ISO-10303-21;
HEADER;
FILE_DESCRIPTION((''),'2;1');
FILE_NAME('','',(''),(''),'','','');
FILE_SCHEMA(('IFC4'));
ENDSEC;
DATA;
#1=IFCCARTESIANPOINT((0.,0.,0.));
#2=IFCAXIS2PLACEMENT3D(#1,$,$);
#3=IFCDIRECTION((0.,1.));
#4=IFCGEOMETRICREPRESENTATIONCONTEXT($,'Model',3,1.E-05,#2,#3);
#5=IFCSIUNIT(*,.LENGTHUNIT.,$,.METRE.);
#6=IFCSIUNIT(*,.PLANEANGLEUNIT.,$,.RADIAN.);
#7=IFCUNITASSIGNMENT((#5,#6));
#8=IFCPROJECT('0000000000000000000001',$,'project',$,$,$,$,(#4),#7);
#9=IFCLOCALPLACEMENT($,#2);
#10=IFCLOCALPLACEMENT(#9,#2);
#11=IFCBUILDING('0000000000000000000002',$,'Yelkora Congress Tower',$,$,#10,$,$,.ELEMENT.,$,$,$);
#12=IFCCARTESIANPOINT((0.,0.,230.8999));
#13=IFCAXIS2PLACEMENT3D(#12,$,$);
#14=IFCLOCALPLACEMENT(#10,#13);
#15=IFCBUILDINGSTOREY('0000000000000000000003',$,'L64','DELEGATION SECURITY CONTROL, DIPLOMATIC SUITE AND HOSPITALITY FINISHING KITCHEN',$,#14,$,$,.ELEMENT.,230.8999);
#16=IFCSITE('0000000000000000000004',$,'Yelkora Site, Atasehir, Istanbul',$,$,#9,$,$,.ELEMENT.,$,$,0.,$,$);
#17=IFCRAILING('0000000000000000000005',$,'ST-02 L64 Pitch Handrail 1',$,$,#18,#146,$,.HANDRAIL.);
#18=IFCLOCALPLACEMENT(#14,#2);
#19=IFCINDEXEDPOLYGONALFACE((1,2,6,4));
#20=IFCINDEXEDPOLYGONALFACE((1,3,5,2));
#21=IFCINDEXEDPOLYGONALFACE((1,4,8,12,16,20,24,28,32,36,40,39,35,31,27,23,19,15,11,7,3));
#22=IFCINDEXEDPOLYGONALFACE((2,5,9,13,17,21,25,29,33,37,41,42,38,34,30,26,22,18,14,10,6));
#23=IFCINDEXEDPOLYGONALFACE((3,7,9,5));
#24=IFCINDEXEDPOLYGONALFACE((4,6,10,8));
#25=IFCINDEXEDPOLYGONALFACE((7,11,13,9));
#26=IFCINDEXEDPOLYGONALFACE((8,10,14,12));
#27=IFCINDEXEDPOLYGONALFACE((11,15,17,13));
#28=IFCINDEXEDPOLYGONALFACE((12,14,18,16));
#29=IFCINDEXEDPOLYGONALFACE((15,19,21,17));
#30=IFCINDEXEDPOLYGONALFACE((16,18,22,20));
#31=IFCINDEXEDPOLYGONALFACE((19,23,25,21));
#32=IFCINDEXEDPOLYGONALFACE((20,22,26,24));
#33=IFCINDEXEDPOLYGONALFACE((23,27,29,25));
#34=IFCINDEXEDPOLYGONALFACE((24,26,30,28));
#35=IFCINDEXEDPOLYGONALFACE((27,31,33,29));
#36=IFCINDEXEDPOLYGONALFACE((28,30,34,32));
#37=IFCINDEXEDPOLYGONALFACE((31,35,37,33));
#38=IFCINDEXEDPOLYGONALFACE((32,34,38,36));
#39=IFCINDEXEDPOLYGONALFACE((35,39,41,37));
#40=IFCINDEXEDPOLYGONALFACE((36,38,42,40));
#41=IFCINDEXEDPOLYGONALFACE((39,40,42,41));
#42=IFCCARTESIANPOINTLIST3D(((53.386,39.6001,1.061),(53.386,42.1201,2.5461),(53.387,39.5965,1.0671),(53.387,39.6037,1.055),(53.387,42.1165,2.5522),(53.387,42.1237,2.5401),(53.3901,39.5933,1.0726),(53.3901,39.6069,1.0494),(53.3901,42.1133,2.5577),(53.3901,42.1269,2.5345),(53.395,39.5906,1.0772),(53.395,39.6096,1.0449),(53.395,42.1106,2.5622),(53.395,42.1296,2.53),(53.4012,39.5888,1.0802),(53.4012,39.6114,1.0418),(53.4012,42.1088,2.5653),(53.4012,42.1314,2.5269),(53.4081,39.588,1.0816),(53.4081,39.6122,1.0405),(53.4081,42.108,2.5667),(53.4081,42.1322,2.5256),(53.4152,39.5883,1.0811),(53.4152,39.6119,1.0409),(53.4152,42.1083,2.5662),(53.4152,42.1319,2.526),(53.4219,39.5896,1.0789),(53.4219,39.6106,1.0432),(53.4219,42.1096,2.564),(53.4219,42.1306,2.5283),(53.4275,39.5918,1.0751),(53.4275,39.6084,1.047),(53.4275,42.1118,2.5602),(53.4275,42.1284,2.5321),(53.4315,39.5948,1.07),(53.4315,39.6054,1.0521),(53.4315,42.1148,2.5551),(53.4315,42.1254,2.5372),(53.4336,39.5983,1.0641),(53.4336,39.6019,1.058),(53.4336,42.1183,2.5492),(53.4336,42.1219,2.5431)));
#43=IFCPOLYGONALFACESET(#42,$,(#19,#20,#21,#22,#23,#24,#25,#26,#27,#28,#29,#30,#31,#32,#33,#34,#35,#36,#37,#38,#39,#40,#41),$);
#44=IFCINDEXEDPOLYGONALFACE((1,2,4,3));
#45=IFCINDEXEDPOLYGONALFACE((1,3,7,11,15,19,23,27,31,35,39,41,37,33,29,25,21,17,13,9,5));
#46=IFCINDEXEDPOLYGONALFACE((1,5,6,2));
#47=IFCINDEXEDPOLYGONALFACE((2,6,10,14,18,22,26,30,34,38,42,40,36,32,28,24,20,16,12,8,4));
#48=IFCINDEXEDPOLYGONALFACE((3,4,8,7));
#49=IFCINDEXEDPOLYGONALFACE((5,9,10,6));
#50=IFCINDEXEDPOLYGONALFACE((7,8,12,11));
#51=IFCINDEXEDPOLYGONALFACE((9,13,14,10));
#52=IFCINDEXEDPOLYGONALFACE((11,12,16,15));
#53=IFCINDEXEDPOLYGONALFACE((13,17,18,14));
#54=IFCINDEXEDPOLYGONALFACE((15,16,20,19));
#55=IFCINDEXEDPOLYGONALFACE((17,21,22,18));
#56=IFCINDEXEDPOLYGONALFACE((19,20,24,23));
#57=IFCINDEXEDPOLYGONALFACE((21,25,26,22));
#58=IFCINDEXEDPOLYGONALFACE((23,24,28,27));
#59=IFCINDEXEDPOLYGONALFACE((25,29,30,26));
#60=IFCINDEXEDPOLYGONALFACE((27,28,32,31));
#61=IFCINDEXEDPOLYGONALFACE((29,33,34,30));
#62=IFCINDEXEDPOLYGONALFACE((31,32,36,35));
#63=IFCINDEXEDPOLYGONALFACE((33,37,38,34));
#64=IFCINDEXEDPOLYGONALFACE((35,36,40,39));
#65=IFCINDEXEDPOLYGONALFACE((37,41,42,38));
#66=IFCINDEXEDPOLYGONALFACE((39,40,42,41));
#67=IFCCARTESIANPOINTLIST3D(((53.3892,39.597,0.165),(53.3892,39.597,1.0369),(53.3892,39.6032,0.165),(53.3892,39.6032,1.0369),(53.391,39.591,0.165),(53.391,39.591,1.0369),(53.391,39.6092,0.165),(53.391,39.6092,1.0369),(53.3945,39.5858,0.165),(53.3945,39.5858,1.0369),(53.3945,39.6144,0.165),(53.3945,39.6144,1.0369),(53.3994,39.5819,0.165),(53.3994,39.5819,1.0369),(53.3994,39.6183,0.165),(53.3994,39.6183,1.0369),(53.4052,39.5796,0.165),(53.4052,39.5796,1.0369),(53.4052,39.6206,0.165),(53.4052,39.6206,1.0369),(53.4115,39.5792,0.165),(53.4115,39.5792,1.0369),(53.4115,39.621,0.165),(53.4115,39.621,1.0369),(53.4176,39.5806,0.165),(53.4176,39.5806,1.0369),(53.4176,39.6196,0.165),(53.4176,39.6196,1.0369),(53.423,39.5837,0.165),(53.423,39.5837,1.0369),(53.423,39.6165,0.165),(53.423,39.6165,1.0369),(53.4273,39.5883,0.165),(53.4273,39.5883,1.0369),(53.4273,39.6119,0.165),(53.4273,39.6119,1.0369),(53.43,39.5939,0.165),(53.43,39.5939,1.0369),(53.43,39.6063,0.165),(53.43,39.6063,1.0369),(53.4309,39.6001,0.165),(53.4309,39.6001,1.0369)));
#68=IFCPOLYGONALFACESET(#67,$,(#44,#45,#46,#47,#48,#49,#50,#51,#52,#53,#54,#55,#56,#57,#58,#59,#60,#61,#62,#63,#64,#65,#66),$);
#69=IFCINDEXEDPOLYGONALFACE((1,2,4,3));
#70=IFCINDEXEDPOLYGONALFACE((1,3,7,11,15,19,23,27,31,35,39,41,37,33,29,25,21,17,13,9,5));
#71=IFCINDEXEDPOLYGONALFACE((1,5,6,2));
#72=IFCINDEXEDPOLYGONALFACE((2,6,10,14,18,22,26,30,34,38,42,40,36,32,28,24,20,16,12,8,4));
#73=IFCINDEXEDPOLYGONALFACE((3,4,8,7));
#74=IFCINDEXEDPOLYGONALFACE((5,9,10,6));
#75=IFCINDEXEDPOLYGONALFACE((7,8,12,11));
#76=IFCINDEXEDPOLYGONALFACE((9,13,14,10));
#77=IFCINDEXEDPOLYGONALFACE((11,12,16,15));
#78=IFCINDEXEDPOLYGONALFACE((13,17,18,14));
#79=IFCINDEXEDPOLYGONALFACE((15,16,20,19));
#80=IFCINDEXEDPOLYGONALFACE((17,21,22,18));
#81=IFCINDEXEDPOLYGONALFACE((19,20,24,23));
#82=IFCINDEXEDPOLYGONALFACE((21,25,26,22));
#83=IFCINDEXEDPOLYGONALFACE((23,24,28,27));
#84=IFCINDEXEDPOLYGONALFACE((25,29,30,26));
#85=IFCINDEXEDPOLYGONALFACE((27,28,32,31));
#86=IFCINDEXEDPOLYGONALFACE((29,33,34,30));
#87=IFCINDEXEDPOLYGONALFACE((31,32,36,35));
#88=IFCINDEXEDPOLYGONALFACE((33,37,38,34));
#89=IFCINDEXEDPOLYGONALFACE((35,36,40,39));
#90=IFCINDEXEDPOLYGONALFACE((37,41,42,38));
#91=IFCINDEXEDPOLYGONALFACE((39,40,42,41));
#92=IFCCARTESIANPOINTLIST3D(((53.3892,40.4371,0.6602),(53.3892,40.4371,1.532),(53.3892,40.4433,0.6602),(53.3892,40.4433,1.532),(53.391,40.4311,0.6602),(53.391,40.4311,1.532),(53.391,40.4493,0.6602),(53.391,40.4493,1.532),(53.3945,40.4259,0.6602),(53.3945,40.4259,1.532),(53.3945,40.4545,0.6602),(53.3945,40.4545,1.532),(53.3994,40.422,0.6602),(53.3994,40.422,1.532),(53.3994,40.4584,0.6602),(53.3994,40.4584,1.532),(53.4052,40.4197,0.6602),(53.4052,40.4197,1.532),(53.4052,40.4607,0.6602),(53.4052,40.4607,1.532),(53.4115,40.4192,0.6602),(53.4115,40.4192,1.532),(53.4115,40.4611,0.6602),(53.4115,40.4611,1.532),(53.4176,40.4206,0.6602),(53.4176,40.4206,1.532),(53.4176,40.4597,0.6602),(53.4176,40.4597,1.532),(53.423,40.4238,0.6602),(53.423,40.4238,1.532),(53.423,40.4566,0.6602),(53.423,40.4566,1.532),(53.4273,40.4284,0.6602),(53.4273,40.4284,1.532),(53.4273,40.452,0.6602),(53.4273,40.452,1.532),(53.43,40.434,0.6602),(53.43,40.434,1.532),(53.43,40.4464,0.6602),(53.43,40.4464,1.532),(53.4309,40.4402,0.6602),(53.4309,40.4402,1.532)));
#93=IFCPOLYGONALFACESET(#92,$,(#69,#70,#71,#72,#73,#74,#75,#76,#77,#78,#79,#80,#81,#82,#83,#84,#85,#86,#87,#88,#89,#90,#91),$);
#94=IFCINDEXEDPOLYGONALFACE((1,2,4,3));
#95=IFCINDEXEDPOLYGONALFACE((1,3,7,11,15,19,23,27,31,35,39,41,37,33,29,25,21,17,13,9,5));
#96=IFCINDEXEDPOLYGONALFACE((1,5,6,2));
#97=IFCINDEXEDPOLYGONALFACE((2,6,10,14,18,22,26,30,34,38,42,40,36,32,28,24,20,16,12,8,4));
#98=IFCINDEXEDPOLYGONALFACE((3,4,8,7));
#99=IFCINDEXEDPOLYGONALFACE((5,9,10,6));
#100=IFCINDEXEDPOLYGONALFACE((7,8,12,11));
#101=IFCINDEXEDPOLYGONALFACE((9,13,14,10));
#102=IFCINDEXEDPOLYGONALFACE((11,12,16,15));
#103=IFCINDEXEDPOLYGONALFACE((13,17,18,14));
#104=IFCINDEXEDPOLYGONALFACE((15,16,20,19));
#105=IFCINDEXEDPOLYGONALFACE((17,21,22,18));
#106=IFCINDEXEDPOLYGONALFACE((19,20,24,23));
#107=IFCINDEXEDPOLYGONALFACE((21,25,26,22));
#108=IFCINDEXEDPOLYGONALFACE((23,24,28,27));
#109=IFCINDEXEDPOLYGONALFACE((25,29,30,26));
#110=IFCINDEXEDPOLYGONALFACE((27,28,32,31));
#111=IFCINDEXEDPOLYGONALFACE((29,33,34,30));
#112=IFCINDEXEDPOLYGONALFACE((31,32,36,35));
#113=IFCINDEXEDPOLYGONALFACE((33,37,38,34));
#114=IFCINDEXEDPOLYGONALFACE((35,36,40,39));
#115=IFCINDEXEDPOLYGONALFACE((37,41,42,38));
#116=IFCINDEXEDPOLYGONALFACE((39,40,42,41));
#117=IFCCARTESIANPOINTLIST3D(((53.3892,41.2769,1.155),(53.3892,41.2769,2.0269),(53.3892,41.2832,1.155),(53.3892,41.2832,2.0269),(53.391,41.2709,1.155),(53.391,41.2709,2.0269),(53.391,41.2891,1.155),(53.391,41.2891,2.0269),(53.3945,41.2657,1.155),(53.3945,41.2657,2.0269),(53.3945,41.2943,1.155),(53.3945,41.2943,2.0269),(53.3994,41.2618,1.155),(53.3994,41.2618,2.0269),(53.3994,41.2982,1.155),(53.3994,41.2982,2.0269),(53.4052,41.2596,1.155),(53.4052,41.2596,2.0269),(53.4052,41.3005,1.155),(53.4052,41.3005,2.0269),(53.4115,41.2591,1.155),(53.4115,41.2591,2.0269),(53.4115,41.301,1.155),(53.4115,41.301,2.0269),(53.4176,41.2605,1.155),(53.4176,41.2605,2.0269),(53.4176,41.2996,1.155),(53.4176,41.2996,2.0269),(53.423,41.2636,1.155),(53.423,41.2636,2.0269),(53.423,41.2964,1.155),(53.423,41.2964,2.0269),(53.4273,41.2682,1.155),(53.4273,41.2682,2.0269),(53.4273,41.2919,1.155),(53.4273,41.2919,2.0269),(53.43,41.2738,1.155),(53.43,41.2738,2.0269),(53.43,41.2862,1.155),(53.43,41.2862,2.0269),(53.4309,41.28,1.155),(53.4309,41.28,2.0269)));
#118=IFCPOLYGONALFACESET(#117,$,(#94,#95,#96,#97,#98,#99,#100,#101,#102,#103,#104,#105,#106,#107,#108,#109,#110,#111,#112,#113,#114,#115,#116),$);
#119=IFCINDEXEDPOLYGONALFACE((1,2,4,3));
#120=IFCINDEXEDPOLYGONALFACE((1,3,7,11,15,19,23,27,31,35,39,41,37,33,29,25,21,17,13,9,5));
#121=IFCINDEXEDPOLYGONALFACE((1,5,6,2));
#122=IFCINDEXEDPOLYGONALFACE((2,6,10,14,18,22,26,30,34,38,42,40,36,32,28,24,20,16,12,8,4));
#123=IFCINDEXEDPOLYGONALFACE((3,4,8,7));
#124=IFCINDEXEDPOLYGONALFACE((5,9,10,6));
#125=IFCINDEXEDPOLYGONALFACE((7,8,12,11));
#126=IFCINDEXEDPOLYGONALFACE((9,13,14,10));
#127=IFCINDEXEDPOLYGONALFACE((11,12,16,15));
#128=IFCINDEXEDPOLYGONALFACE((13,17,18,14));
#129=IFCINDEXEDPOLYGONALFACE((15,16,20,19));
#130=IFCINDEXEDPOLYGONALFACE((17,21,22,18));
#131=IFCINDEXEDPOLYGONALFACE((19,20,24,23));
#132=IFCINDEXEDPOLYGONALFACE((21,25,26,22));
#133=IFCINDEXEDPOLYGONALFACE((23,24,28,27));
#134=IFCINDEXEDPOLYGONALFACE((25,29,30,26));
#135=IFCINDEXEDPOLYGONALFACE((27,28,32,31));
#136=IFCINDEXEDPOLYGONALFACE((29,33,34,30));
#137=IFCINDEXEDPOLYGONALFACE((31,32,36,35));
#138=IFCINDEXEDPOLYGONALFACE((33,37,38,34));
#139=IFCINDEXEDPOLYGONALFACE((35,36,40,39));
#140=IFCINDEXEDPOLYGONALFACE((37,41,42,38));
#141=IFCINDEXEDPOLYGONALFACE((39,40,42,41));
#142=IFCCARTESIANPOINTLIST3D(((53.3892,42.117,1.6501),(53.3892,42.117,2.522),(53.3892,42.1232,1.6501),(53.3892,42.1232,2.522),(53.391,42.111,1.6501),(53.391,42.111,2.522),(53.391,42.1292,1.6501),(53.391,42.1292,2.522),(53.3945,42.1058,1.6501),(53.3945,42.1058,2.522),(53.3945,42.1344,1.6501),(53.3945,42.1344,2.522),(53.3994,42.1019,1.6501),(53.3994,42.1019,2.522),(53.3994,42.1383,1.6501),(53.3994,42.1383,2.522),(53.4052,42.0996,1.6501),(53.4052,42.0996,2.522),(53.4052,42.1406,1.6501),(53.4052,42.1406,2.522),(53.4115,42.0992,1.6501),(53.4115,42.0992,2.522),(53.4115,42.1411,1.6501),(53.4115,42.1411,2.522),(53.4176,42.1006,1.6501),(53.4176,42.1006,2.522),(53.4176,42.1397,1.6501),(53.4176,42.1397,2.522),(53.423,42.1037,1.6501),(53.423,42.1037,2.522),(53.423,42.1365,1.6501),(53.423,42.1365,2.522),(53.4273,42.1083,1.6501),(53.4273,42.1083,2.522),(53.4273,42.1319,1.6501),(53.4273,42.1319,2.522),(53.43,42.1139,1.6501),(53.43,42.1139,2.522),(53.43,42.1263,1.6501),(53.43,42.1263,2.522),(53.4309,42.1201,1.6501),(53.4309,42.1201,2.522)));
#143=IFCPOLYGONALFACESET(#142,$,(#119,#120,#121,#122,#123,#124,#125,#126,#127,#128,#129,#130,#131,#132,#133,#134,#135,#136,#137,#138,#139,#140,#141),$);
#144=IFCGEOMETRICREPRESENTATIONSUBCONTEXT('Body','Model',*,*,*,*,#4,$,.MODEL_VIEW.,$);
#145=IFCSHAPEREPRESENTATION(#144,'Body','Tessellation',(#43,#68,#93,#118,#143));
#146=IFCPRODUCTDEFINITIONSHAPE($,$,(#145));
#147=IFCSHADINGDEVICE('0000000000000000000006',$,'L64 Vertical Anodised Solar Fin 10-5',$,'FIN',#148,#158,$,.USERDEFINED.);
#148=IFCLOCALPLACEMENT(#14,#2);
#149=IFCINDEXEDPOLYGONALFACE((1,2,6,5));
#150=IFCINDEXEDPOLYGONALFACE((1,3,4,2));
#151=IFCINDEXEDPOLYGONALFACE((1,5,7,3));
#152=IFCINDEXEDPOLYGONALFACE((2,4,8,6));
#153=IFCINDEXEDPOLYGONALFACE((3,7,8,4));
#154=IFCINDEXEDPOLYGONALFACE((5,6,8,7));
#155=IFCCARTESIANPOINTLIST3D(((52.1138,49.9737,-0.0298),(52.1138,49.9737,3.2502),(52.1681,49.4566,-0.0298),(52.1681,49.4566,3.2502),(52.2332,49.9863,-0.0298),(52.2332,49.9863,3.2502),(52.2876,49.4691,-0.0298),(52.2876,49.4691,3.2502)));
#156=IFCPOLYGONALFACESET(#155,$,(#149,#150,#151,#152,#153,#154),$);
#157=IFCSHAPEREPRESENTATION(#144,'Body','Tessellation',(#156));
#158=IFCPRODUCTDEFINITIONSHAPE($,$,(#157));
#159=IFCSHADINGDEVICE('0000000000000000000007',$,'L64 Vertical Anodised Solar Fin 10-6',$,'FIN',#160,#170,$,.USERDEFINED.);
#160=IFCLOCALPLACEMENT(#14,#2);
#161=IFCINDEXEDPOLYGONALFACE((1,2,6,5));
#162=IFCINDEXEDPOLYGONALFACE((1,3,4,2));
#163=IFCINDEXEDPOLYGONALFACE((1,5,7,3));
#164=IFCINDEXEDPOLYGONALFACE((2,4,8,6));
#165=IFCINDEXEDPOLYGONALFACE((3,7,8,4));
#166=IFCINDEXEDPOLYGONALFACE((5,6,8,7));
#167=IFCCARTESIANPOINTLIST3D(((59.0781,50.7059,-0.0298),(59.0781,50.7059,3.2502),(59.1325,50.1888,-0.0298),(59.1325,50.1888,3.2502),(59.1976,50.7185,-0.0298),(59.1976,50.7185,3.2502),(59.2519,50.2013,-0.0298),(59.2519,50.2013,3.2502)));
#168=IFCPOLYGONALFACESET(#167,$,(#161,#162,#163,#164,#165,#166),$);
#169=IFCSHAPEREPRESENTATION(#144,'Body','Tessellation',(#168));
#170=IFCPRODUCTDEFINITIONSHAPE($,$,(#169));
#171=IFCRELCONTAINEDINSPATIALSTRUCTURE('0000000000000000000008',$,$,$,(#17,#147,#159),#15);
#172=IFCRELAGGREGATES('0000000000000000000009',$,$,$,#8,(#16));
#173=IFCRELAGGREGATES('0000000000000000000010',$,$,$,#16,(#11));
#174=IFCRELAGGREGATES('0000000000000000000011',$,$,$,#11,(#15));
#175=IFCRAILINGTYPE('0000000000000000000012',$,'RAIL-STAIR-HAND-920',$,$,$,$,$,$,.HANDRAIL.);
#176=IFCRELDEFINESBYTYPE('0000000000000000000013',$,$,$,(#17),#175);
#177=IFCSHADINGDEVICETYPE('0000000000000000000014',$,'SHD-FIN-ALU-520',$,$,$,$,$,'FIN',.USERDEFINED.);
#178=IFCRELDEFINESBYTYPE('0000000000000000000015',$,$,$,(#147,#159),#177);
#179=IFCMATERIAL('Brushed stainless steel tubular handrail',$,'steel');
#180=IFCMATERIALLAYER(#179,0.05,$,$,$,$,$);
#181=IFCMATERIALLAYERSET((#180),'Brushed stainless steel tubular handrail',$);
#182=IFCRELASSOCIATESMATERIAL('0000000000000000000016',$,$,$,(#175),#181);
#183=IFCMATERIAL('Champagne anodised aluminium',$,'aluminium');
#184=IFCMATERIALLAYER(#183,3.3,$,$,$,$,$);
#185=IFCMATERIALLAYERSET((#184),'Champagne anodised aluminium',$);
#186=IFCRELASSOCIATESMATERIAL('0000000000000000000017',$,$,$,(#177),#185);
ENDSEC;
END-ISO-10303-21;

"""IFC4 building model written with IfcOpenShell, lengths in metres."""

from ifc_helpers import new_model, si_unit, direction, frame, origin, origin_2d, place, context, subcontext, project, spatial, rectangle, circle, extrude, material, layer, layer_set, type_object, element, save


model = new_model("IFC4")

# Units and contexts
model_context = context("Model", 3, precision=1e-05, world=origin(), true_north=direction((0.0, 1.0)))
body_context = subcontext(model_context, "Body", "Model", "MODEL_VIEW")
ifc_project = project(units=[si_unit("LENGTHUNIT", "METRE"), si_unit("PLANEANGLEUNIT", "RADIAN")], contexts=[model_context])

# Site, building, storey
site_placement = place(None, origin())
site = spatial("IfcSite", under=ifc_project, at=site_placement, Name="Yelkora Site, Atasehir, Istanbul", CompositionType="ELEMENT", RefElevation=0.0)
building_placement = place(site_placement, origin())
building = spatial("IfcBuilding", under=site, at=building_placement, Name="Yelkora Congress Tower", CompositionType="ELEMENT")
storey_placement = place(building_placement, frame((0.0, 0.0, 230.8999)))
storey = spatial("IfcBuildingStorey", under=building, at=storey_placement, Name="L64", Description="DELEGATION SECURITY CONTROL, DIPLOMATIC SUITE AND HOSPITALITY FINISHING KITCHEN", CompositionType="ELEMENT", Elevation=230.8999)

# Railing
ifc_material_1 = material(Name="Brushed stainless steel tubular handrail", Category="steel")
ifc_layer_1 = layer(ifc_material_1, 0.05)
ifc_layer_set_1 = layer_set([ifc_layer_1], Name="Brushed stainless steel tubular handrail")
railing_type_1 = type_object("IfcRailingType", Name="RAIL-STAIR-HAND-920", PredefinedType="HANDRAIL", material=ifc_layer_set_1)
railing_1_placement = place(storey_placement, frame((53.4099, 39.6001, 0.165)))
element("IfcRailing", 1, at=railing_1_placement, inside=storey, type_object=railing_type_1, Name="ST-02 L64 Pitch Handrail 1", PredefinedType="HANDRAIL", context=body_context, shape_type="SweptSolid", body=[
    extrude(circle(Radius=0.0239, at=origin_2d()), frame((0.0, 0.0, 0.896), z_axis=(0.0, 0.861524, 0.507717), x_axis=(-1.0, 0.0, 0.0)), (0.0, 0.0, 1.0), 2.925),
    extrude(circle(Radius=0.021, at=origin_2d()), origin(), (0.0, 0.0, 1.0), 0.8718),
    extrude(circle(Radius=0.021, at=origin_2d()), frame((0.0, 0.8401, 0.4951)), (0.0, 0.0, 1.0), 0.8718),
    extrude(circle(Radius=0.021, at=origin_2d()), frame((0.0, 1.6799, 0.99)), (0.0, 0.0, 1.0), 0.8718),
    extrude(circle(Radius=0.021, at=origin_2d()), frame((0.0, 2.52, 1.4851)), (0.0, 0.0, 1.0), 0.8718),
])

# Shading devices
ifc_material_2 = material(Name="Champagne anodised aluminium", Category="aluminium")
ifc_layer_2 = layer(ifc_material_2, 3.3)
ifc_layer_set_2 = layer_set([ifc_layer_2], Name="Champagne anodised aluminium")
shading_device_type = type_object("IfcShadingDeviceType", Name="SHD-FIN-ALU-520", ElementType="FIN", PredefinedType="USERDEFINED", material=ifc_layer_set_2)
for number, where, z_axis, x_axis, name in (
    (2, (52.2007, 49.7214, -0.0298), (0.0, 0.0, 1.0), (0.994522, 0.104528, 0.0), "L64 Vertical Anodised Solar Fin 10-5"),
    (3, (59.165, 50.4536, -0.0298), (0.0, 0.0, 1.0), (0.994522, 0.104528, 0.0), "L64 Vertical Anodised Solar Fin 10-6"),
):
    element("IfcShadingDevice", number, at=place(storey_placement, frame(where, z_axis=z_axis, x_axis=x_axis)), inside=storey, type_object=shading_device_type, Name=name, ObjectType="FIN", PredefinedType="USERDEFINED", context=body_context, shape_type="SweptSolid", body=[
        extrude(rectangle(XDim=0.1201, YDim=0.52, at=origin_2d()), origin(), (0.0, 0.0, 1.0), 3.28),
    ])

save(model, "model.ifc")
